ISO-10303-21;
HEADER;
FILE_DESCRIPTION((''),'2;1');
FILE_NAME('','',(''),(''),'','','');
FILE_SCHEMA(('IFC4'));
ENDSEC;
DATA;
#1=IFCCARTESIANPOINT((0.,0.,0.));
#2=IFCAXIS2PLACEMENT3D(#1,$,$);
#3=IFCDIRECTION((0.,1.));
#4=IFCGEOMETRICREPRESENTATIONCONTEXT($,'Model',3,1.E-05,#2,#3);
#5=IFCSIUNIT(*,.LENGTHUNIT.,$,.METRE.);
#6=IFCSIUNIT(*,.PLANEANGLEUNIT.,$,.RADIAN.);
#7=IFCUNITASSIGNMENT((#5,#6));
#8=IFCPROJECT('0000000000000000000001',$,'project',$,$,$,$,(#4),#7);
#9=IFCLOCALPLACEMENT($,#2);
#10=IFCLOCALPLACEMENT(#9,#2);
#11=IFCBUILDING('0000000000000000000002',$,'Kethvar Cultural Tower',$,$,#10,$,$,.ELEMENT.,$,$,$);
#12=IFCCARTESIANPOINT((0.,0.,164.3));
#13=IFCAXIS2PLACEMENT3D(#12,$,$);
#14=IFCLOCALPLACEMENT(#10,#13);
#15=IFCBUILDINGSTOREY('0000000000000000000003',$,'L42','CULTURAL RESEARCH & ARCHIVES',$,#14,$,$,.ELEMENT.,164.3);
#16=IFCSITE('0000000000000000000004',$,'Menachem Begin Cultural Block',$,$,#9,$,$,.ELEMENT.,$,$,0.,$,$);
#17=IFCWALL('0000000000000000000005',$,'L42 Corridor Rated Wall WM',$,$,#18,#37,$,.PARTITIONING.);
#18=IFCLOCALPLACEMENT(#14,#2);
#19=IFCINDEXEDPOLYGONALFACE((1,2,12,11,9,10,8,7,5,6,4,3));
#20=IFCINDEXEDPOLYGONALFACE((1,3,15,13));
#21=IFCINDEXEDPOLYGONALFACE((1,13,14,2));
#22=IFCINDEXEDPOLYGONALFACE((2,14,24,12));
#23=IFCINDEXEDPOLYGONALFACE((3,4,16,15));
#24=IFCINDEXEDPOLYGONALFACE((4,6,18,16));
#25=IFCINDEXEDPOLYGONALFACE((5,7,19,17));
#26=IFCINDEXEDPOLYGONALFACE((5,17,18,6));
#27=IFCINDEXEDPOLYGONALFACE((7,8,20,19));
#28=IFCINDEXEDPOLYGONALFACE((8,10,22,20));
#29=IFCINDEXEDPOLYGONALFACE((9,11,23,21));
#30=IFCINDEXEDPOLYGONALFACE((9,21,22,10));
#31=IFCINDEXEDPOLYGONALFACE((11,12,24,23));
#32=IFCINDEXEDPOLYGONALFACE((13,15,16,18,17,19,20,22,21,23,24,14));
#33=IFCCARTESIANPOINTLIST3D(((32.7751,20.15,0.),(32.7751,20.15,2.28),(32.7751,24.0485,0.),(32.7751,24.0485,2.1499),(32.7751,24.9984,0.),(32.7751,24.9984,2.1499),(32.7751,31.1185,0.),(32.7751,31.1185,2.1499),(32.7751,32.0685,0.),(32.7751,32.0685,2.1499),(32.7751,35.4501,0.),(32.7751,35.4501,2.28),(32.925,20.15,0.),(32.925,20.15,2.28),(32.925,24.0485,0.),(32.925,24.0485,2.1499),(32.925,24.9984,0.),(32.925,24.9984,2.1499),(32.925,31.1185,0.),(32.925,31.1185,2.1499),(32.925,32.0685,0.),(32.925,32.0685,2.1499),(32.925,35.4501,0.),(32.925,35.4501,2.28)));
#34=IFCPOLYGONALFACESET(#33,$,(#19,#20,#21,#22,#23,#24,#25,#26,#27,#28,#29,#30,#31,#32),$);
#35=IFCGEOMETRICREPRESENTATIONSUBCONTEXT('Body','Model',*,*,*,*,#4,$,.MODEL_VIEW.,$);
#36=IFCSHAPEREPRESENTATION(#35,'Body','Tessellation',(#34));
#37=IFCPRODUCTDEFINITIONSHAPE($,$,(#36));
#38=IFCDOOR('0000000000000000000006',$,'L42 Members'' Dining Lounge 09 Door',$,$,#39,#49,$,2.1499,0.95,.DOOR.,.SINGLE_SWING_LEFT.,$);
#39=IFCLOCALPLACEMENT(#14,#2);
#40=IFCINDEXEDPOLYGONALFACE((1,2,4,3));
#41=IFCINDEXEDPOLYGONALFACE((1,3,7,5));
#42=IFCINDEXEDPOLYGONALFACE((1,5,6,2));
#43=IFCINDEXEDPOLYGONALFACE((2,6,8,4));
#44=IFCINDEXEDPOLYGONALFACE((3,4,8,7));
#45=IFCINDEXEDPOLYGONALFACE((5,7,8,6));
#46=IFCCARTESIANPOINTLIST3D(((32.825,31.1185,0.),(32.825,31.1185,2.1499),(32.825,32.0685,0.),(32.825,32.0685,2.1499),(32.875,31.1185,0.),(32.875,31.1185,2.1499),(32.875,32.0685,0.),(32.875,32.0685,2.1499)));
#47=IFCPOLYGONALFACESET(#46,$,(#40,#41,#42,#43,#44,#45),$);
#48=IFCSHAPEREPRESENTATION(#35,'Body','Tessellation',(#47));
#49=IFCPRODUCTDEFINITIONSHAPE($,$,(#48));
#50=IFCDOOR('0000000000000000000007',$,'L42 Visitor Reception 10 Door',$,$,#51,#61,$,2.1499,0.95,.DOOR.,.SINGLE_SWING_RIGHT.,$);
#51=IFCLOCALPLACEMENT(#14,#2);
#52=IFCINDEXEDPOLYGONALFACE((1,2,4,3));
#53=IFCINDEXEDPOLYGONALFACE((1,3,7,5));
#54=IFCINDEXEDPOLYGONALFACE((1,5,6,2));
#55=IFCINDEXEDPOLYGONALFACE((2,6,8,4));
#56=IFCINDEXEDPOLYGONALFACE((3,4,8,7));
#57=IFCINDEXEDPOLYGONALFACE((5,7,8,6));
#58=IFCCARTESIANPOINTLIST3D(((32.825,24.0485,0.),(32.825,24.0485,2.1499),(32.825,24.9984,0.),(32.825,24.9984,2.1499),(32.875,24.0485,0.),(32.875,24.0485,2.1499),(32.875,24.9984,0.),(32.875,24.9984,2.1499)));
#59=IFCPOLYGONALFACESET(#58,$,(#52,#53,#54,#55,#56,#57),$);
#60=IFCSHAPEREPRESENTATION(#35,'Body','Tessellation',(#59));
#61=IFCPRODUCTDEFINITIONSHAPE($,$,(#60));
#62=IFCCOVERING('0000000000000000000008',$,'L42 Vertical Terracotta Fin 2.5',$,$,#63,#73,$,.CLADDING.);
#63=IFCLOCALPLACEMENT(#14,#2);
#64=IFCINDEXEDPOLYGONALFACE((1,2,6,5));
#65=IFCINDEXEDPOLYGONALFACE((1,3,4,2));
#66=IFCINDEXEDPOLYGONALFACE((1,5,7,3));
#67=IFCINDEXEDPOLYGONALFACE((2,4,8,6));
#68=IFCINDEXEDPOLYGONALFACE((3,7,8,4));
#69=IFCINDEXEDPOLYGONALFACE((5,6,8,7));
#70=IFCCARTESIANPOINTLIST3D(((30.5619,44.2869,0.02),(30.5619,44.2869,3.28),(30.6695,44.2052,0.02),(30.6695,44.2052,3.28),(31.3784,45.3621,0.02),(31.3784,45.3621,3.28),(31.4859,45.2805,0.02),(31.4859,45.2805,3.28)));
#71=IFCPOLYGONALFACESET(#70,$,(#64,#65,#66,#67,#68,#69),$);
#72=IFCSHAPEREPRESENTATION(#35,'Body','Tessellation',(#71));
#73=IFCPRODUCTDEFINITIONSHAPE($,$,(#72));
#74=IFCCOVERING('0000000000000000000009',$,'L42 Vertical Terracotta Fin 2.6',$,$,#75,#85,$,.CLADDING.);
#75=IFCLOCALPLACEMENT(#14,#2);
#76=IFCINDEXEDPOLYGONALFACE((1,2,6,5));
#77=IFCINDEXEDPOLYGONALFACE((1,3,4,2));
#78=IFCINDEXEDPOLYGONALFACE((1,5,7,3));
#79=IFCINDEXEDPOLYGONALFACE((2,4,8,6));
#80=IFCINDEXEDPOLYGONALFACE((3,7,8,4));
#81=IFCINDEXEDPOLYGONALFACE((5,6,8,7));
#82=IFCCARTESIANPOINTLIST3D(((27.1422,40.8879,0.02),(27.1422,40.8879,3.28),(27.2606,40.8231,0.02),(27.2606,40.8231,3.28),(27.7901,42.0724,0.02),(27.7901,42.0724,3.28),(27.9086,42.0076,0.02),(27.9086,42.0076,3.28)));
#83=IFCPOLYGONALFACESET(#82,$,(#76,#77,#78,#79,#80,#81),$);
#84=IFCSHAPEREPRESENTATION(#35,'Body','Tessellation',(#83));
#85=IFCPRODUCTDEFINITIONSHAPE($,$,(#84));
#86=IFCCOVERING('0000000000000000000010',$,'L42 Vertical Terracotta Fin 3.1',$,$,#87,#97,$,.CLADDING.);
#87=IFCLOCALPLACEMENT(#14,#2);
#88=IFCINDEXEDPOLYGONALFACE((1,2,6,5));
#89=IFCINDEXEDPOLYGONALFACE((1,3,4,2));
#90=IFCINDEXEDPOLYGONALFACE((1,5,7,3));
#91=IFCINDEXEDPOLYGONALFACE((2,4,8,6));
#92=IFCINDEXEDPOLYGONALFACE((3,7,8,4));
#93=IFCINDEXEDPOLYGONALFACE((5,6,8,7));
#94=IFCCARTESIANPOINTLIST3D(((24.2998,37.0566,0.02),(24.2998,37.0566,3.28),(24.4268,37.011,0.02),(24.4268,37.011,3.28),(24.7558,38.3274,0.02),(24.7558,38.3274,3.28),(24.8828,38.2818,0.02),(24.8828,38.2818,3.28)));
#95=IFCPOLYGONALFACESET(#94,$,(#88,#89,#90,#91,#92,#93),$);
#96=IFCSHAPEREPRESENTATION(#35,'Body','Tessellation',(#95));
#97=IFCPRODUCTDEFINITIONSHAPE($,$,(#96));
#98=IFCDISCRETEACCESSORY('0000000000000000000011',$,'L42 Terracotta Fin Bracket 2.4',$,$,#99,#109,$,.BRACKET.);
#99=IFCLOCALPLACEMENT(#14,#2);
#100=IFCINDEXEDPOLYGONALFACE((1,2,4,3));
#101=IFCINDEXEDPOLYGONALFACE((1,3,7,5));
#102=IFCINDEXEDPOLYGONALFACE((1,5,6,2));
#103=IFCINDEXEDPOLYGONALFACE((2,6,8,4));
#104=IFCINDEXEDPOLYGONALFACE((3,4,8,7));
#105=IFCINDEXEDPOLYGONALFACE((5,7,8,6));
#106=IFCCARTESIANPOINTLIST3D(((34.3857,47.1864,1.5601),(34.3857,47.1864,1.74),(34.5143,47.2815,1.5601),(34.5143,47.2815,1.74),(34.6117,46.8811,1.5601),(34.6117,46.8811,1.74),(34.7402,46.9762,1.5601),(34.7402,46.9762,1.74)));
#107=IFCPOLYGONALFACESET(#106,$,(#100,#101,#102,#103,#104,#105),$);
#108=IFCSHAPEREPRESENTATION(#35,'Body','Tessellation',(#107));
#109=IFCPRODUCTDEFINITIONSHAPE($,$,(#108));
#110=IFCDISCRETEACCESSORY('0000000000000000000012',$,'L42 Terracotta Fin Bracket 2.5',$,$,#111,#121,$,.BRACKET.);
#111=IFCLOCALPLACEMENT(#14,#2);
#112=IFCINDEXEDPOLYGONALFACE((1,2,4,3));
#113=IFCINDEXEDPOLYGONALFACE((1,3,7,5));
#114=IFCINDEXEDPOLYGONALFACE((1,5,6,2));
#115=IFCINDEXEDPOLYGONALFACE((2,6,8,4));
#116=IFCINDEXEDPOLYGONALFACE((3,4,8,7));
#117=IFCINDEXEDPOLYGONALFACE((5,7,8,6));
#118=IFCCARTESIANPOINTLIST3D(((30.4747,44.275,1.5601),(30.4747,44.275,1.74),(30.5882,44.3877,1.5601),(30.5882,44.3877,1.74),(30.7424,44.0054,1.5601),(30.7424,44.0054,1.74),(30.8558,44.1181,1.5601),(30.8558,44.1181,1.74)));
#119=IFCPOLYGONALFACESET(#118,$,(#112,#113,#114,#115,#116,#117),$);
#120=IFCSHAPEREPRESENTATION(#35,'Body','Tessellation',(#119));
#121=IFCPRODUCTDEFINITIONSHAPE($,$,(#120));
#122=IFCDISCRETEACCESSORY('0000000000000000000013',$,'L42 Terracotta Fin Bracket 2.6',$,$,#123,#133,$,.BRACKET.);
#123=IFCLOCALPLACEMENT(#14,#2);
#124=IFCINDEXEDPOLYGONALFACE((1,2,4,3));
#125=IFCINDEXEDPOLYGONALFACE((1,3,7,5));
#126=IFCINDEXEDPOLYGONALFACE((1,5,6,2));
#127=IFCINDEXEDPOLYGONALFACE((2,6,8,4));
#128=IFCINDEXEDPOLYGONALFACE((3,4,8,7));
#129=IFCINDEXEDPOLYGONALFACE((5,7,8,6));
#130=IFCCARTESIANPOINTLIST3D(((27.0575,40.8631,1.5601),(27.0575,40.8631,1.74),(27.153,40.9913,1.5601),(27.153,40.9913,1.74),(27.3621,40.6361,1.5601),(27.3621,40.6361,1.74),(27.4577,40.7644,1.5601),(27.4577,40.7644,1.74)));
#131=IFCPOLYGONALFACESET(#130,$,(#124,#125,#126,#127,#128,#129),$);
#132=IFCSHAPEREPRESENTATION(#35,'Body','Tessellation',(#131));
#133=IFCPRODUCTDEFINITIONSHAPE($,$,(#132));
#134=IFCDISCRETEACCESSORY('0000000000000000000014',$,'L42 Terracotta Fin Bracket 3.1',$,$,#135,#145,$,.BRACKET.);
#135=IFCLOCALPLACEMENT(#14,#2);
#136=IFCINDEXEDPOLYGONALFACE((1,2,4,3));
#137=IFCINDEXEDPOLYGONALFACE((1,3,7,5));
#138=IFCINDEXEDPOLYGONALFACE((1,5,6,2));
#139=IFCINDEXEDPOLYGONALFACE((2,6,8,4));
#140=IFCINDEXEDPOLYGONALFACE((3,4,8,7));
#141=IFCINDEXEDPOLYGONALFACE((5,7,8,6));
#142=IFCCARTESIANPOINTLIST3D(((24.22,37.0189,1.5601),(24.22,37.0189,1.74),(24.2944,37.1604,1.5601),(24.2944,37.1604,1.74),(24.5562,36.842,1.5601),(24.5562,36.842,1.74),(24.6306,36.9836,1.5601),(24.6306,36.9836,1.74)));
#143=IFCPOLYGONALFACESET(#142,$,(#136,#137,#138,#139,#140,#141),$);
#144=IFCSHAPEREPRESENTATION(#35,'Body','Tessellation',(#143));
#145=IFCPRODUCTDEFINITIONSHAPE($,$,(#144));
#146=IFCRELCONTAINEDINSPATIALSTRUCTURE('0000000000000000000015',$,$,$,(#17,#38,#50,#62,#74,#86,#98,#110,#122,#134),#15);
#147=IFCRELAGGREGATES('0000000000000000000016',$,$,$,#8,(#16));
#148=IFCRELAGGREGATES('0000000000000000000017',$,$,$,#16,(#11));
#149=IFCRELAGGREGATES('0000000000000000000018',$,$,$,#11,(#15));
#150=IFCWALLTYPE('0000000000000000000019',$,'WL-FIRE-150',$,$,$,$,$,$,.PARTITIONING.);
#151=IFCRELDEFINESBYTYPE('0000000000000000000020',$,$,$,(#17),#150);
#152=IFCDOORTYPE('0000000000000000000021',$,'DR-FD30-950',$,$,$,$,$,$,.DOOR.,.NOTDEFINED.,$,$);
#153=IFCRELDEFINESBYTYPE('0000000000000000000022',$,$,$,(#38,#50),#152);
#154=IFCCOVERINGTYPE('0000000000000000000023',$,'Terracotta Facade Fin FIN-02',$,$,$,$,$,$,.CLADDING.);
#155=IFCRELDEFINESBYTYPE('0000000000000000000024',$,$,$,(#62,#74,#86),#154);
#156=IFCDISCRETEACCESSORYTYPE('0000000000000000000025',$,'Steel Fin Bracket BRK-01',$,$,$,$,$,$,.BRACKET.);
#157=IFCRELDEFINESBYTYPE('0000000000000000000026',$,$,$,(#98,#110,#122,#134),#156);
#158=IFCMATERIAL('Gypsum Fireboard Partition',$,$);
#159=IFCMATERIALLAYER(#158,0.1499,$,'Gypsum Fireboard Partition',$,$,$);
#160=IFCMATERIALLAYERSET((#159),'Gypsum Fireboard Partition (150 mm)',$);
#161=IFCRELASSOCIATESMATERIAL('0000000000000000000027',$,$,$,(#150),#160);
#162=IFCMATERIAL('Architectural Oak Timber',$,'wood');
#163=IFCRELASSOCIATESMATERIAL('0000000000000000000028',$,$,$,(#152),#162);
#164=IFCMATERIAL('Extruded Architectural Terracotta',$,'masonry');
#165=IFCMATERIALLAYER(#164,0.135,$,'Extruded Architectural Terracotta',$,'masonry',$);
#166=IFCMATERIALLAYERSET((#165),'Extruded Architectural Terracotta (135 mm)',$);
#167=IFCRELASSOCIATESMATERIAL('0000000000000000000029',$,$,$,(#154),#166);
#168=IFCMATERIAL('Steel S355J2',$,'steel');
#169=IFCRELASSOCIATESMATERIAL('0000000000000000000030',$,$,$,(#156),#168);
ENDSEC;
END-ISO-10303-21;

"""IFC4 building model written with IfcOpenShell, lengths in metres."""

from ifc_helpers import new_model, si_unit, direction, frame, frame_2d, origin, origin_2d, place, context, subcontext, project, spatial, rectangle, extrude, source, transform, mapped, material, layer, layer_set, type_object, element, fill, save


model = new_model("IFC4")

# Units and contexts
model_context = context("Model", 3, precision=1e-05, world=origin(), true_north=direction((0.0, 1.0)))
body_context = subcontext(model_context, "Body", "Model", "MODEL_VIEW")
ifc_project = project(units=[si_unit("LENGTHUNIT", "METRE"), si_unit("PLANEANGLEUNIT", "RADIAN")], contexts=[model_context])

# Site, building, storey
site_placement = place(None, origin())
site = spatial("IfcSite", under=ifc_project, at=site_placement, Name="Menachem Begin Cultural Block", CompositionType="ELEMENT", RefElevation=0.0)
building_placement = place(site_placement, origin())
building = spatial("IfcBuilding", under=site, at=building_placement, Name="Kethvar Cultural Tower", CompositionType="ELEMENT")
storey_placement = place(building_placement, frame((0.0, 0.0, 164.3)))
storey = spatial("IfcBuildingStorey", under=building, at=storey_placement, Name="L42", Description="CULTURAL RESEARCH & ARCHIVES", CompositionType="ELEMENT", Elevation=164.3)

# Shared definitions
ifc_material_1 = material(Name="Steel S355J2", Category="steel")

# Shared definitions
ifc_material_2 = material(Name="Gypsum Fireboard Partition")
ifc_layer_1 = layer(ifc_material_2, 0.1499, Name="Gypsum Fireboard Partition")
ifc_layer_set_1 = layer_set([ifc_layer_1], Name="Gypsum Fireboard Partition (150 mm)")
wall_type = type_object("IfcWallType", Name="WL-FIRE-150", PredefinedType="PARTITIONING", material=ifc_layer_set_1)

# Wall, openings, doors
wall_1_placement = place(storey_placement, frame((32.8501, 35.45, 0.0), z_axis=(0.0, 0.0, 1.0), x_axis=(0.0, -1.0, 0.0)))
wall_1 = element("IfcWall", 1, at=wall_1_placement, inside=storey, type_object=wall_type, Name="L42 Corridor Rated Wall WM", PredefinedType="PARTITIONING", context=body_context, shape_type="SweptSolid", body=[
    extrude(rectangle(XDim=15.3, YDim=0.1499, at=frame_2d((7.6499, 0.0))), origin(), (0.0, 0.0, 1.0), 2.28),
])
opening_1_placement = place(wall_1_placement, frame((3.3813, 0.0, 0.0)))
opening_1 = element("IfcOpeningElement", 2, at=opening_1_placement, cuts=wall_1, PredefinedType="OPENING", context=body_context, shape_type="SweptSolid", body=[
    extrude(rectangle(XDim=0.95, YDim=2.1499, at=frame_2d((0.4751, 1.075))), frame((0.0, 0.085, 0.0), z_axis=(0.0, -1.0, 0.0), x_axis=(1.0, 0.0, 0.0)), (0.0, 0.0, 1.0), 0.1699),
])
opening_2_placement = place(wall_1_placement, frame((10.4514, 0.0, 0.0)))
opening_2 = element("IfcOpeningElement", 3, at=opening_2_placement, cuts=wall_1, PredefinedType="OPENING", context=body_context, shape_type="SweptSolid", body=[
    extrude(rectangle(XDim=0.95, YDim=2.1499, at=frame_2d((0.4751, 1.075))), frame((0.0, 0.085, 0.0), z_axis=(0.0, -1.0, 0.0), x_axis=(1.0, 0.0, 0.0)), (0.0, 0.0, 1.0), 0.1699),
])
ifc_material_3 = material(Name="Architectural Oak Timber", Category="wood")
door_type = type_object("IfcDoorType", Name="DR-FD30-950", OperationType="NOTDEFINED", PredefinedType="DOOR", material=ifc_material_3)
shared_shape_1 = source(origin(), body_context, "Body", "SweptSolid", [
    extrude(rectangle(XDim=0.95, YDim=2.1499, at=frame_2d((0.4751, 1.075))), frame((0.0, 0.0249, 0.0), z_axis=(0.0, -1.0, 0.0), x_axis=(1.0, 0.0, 0.0)), (0.0, 0.0, 1.0), 0.05),
])
door_1_placement = place(opening_1_placement, origin())
door_1 = element("IfcDoor", 4, at=door_1_placement, inside=storey, type_object=door_type, Name="L42 Members' Dining Lounge 09 Door", OperationType="SINGLE_SWING_LEFT", OverallHeight=2.1499, OverallWidth=0.95, PredefinedType="DOOR", context=body_context, shape_type="MappedRepresentation", body=[
    mapped(shared_shape_1, transform((0.0, 0.0, 0.0), scale=1.0)),
])
fill(opening_1, door_1)
door_2_placement = place(opening_2_placement, origin())
door_2 = element("IfcDoor", 5, at=door_2_placement, inside=storey, type_object=door_type, Name="L42 Visitor Reception 10 Door", OperationType="SINGLE_SWING_RIGHT", OverallHeight=2.1499, OverallWidth=0.95, PredefinedType="DOOR", context=body_context, shape_type="MappedRepresentation", body=[
    mapped(shared_shape_1, transform((0.0, 0.0, 0.0), scale=1.0)),
])
fill(opening_2, door_2)

# Coverings
ifc_material_4 = material(Name="Extruded Architectural Terracotta", Category="masonry")
ifc_layer_2 = layer(ifc_material_4, 0.135, Name="Extruded Architectural Terracotta", Category="masonry")
ifc_layer_set_2 = layer_set([ifc_layer_2], Name="Extruded Architectural Terracotta (135 mm)")
covering_type = type_object("IfcCoveringType", Name="Terracotta Facade Fin FIN-02", PredefinedType="CLADDING", material=ifc_layer_set_2)
shared_shape_2 = source(origin(), body_context, "Body", "SweptSolid", [
    extrude(rectangle(XDim=1.3501, YDim=0.135, at=origin_2d()), origin(), (0.0, 0.0, 1.0), 3.26),
])
for number, where, z_axis, x_axis, name in (
    (6, (31.0239, 44.7837, 0.02), (0.0, 0.0, 1.0), (0.604738, 0.796424, 0.0), "L42 Vertical Terracotta Fin 2.5"),
    (7, (27.5254, 41.4478, 0.02), (0.0, 0.0, 1.0), (0.479917, 0.877314, 0.0), "L42 Vertical Terracotta Fin 2.6"),
    (8, (24.5913, 37.6692, 0.02), (0.0, 0.0, 1.0), (0.337752, 0.941235, 0.0), "L42 Vertical Terracotta Fin 3.1"),
):
    element("IfcCovering", number, at=place(storey_placement, frame(where, z_axis=z_axis, x_axis=x_axis)), inside=storey, type_object=covering_type, Name=name, PredefinedType="CLADDING", context=body_context, shape_type="MappedRepresentation", body=[
        mapped(shared_shape_2, transform((0.0, 0.0, 0.0), scale=1.0)),
    ])

# Discrete accessories
discrete_accessory_type = type_object("IfcDiscreteAccessoryType", Name="Steel Fin Bracket BRK-01", PredefinedType="BRACKET", material=ifc_material_1)
shared_shape_3 = source(origin(), body_context, "Body", "SweptSolid", [
    extrude(rectangle(XDim=0.3799, YDim=0.1599, at=origin_2d()), origin(), (0.0, 0.0, 1.0), 0.1799),
])
for number, where, z_axis, x_axis, name in (
    (9, (34.563, 47.0813, 1.5601), (0.0, 0.0, 1.0), (-0.594823, 0.803857, 0.0), "L42 Terracotta Fin Bracket 2.4"),
    (10, (30.6653, 44.1965, 1.5601), (0.0, 0.0, 1.0), (-0.70451, 0.709694, 0.0), "L42 Terracotta Fin Bracket 2.5"),
    (11, (27.2576, 40.8137, 1.5601), (0.0, 0.0, 1.0), (-0.801984, 0.597345, 0.0), "L42 Terracotta Fin Bracket 2.6"),
    (12, (24.4253, 37.0012, 1.5601), (0.0, 0.0, 1.0), (-0.885069, 0.46546, 0.0), "L42 Terracotta Fin Bracket 3.1"),
):
    element("IfcDiscreteAccessory", number, at=place(storey_placement, frame(where, z_axis=z_axis, x_axis=x_axis)), inside=storey, type_object=discrete_accessory_type, Name=name, PredefinedType="BRACKET", context=body_context, shape_type="MappedRepresentation", body=[
        mapped(shared_shape_3, transform((0.0, 0.0, 0.0), scale=1.0)),
    ])

save(model, "model.ifc")
